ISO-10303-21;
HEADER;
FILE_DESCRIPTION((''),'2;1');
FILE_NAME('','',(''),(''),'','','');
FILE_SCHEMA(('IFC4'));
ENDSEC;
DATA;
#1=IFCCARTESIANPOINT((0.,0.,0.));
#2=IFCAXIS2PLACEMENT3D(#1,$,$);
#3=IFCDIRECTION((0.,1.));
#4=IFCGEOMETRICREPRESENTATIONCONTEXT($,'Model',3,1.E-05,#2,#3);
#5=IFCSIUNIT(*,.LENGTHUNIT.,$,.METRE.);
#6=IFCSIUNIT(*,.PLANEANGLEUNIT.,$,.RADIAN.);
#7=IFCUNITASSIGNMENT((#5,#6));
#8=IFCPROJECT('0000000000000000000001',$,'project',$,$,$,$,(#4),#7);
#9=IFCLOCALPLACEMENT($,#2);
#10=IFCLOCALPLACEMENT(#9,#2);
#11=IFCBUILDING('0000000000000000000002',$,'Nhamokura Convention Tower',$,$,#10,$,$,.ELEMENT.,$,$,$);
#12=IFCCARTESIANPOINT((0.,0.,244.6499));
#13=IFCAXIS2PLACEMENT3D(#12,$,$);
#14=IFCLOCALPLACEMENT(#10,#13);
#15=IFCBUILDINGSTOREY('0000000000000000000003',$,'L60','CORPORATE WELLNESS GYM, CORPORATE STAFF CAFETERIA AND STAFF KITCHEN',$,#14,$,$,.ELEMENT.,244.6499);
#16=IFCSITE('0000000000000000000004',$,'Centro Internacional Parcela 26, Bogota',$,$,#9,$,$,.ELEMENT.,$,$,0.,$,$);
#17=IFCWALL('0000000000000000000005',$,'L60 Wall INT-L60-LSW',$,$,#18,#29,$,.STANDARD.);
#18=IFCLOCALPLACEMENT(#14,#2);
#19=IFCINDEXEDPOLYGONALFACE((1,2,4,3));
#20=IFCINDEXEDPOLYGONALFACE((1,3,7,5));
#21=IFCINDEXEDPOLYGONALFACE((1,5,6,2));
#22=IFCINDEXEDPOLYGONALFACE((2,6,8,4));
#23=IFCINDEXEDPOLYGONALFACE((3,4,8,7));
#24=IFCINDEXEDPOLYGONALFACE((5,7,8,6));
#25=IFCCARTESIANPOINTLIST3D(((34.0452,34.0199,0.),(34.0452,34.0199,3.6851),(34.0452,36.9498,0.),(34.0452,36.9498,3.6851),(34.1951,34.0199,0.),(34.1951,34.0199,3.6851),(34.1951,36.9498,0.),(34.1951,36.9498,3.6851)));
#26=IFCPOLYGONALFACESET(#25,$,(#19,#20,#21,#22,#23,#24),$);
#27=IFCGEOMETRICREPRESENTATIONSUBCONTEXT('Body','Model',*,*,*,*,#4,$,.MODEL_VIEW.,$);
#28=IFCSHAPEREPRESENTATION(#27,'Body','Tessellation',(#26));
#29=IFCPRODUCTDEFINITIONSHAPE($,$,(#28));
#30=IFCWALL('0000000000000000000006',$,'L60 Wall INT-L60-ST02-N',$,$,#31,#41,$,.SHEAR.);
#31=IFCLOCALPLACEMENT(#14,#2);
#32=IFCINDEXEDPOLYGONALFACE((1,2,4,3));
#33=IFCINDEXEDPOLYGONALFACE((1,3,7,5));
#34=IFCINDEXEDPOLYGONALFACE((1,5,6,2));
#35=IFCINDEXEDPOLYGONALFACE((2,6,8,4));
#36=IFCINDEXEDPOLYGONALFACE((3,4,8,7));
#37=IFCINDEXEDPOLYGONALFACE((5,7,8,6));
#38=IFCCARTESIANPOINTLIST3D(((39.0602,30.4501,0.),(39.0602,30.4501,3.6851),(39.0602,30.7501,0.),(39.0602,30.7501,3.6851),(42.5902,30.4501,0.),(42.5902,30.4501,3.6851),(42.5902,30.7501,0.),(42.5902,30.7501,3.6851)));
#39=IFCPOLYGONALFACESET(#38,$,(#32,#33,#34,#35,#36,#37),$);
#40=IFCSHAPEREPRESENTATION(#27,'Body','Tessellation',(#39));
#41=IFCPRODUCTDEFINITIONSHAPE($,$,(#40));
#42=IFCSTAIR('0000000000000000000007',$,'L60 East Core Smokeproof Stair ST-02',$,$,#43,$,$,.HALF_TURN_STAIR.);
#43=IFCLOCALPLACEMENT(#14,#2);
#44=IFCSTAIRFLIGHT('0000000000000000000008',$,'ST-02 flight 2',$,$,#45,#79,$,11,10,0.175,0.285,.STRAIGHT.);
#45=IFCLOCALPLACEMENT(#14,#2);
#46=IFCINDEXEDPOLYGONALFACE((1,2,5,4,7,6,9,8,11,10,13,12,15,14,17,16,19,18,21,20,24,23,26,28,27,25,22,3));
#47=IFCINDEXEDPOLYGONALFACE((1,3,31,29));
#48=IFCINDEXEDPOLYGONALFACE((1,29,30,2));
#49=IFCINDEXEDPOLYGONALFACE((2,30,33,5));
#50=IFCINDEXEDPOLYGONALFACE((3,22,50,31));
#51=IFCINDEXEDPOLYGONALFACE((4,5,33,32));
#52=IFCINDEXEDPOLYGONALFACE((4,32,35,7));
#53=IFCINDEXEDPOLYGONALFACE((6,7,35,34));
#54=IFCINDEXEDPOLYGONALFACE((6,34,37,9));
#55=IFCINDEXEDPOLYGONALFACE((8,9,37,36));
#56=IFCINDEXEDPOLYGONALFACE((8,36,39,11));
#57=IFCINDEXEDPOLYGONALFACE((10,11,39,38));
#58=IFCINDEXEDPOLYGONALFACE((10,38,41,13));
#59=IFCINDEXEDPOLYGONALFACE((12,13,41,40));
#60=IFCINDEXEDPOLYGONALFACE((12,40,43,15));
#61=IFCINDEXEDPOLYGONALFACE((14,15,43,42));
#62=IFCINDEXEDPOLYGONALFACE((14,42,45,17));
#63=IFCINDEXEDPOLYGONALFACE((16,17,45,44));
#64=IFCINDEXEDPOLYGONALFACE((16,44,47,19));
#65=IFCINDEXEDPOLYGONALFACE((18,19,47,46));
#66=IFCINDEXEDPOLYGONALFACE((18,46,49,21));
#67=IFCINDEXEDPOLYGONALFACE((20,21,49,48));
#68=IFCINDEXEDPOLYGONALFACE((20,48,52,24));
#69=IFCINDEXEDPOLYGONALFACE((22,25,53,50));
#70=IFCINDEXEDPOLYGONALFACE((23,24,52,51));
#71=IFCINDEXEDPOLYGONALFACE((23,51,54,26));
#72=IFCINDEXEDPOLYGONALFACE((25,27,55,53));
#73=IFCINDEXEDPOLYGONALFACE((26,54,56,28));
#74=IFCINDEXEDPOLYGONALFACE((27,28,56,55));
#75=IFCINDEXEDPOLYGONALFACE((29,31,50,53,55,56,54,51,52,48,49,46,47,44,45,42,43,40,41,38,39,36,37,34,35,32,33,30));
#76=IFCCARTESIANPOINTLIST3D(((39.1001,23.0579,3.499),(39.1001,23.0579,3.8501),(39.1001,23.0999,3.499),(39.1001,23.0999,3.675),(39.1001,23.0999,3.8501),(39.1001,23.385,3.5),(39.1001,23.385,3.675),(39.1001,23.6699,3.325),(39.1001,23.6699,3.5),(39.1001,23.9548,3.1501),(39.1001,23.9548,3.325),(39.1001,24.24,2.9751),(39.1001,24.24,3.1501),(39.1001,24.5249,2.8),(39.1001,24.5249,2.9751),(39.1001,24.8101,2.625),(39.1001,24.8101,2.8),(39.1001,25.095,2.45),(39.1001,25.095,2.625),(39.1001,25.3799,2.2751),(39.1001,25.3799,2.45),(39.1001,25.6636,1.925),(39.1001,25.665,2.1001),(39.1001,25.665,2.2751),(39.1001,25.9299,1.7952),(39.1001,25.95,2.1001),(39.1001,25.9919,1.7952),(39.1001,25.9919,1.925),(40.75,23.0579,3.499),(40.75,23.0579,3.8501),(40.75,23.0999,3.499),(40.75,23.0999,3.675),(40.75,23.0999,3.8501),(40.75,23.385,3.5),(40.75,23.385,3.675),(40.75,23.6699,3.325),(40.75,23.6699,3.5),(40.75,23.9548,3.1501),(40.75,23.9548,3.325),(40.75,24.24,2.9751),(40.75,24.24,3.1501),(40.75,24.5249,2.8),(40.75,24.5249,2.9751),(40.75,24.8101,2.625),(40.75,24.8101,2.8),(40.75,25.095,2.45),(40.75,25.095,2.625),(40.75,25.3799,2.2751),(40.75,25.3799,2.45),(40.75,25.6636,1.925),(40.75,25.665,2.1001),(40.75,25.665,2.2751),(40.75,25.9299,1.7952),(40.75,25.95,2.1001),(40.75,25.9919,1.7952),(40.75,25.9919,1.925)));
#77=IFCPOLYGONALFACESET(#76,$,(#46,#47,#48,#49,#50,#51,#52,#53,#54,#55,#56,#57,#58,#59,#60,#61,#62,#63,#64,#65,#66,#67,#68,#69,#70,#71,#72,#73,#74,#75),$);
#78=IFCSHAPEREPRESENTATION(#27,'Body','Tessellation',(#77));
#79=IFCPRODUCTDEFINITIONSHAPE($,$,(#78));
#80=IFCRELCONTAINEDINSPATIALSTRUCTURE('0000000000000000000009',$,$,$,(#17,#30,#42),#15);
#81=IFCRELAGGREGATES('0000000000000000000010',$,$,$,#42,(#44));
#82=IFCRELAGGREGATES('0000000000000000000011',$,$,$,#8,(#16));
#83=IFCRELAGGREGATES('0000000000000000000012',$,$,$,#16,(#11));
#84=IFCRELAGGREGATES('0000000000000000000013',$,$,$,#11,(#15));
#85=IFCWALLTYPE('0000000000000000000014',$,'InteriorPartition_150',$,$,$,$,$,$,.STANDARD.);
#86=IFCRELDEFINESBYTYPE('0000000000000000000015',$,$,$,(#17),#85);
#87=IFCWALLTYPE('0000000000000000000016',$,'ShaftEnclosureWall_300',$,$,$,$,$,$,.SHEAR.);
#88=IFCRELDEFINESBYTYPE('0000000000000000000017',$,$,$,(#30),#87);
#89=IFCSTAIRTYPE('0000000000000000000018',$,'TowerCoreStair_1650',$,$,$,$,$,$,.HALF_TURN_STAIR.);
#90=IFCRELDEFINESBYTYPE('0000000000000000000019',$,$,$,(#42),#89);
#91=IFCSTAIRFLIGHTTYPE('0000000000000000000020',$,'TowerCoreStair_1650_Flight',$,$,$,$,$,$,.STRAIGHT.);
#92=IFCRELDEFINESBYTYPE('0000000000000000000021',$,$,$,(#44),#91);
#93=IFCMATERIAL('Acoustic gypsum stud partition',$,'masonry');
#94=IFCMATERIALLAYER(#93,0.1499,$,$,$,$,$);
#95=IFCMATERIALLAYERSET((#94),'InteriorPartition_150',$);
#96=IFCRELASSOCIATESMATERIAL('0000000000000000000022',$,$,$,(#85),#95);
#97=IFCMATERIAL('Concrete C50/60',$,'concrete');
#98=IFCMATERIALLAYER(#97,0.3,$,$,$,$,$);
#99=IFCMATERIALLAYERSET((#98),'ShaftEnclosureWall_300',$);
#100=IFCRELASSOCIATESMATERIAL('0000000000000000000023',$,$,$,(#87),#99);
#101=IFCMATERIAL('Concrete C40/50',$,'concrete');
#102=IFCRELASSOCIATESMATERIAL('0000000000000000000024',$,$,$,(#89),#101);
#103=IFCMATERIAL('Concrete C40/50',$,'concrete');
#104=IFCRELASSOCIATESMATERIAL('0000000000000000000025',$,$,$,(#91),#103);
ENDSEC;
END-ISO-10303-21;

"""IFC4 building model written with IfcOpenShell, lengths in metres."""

from ifc_helpers import new_model, si_unit, direction, frame, frame_2d, origin, place, context, subcontext, project, spatial, polyline, rectangle, outline, extrude, material, layer, layer_set, type_object, element, aggregate, save


model = new_model("IFC4")

# Units and contexts
model_context = context("Model", 3, precision=1e-05, world=origin(), true_north=direction((0.0, 1.0)))
body_context = subcontext(model_context, "Body", "Model", "MODEL_VIEW")
ifc_project = project(units=[si_unit("LENGTHUNIT", "METRE"), si_unit("PLANEANGLEUNIT", "RADIAN")], contexts=[model_context])

# Site, building, storey
site_placement = place(None, origin())
site = spatial("IfcSite", under=ifc_project, at=site_placement, Name="Centro Internacional Parcela 26, Bogota", CompositionType="ELEMENT", RefElevation=0.0)
building_placement = place(site_placement, origin())
building = spatial("IfcBuilding", under=site, at=building_placement, Name="Nhamokura Convention Tower", CompositionType="ELEMENT")
storey_placement = place(building_placement, frame((0.0, 0.0, 244.6499)))
storey = spatial("IfcBuildingStorey", under=building, at=storey_placement, Name="L60", Description="CORPORATE WELLNESS GYM, CORPORATE STAFF CAFETERIA AND STAFF KITCHEN", CompositionType="ELEMENT", Elevation=244.6499)

# Shared definitions
ifc_material_1 = material(Name="Acoustic gypsum stud partition", Category="masonry")
ifc_layer_1 = layer(ifc_material_1, 0.1499)
ifc_layer_set_1 = layer_set([ifc_layer_1], Name="InteriorPartition_150")
wall_type_1 = type_object("IfcWallType", Name="InteriorPartition_150", PredefinedType="STANDARD", material=ifc_layer_set_1)

# Walls
wall_1_placement = place(storey_placement, frame((34.1201, 34.02, 0.0), z_axis=(0.0, 0.0, 1.0), x_axis=(0.0, 1.0, 0.0)))
element("IfcWall", 1, at=wall_1_placement, inside=storey, type_object=wall_type_1, Name="L60 Wall INT-L60-LSW", PredefinedType="STANDARD", context=body_context, shape_type="SweptSolid", body=[
    extrude(rectangle(XDim=2.9299, YDim=0.1499, at=frame_2d((1.4648, 0.0))), origin(), (0.0, 0.0, 1.0), 3.6851),
])
ifc_material_2 = material(Name="Concrete C50/60", Category="concrete")
ifc_layer_2 = layer(ifc_material_2, 0.3)
ifc_layer_set_2 = layer_set([ifc_layer_2], Name="ShaftEnclosureWall_300")
wall_type_2 = type_object("IfcWallType", Name="ShaftEnclosureWall_300", PredefinedType="SHEAR", material=ifc_layer_set_2)
wall_2_placement = place(storey_placement, frame((39.0601, 30.6001, 0.0), z_axis=(0.0, 0.0, 1.0), x_axis=(1.0, 0.0, 0.0)))
element("IfcWall", 2, at=wall_2_placement, inside=storey, type_object=wall_type_2, Name="L60 Wall INT-L60-ST02-N", PredefinedType="SHEAR", context=body_context, shape_type="SweptSolid", body=[
    extrude(rectangle(XDim=3.53, YDim=0.3, at=frame_2d((1.7651, 0.0))), origin(), (0.0, 0.0, 1.0), 3.6851),
])

# Stair, stair flight
ifc_material_3 = material(Name="Concrete C40/50", Category="concrete")
stair_type = type_object("IfcStairType", Name="TowerCoreStair_1650", PredefinedType="HALF_TURN_STAIR", material=ifc_material_3)
stair_placement = place(storey_placement, origin())
stair = element("IfcStair", 3, at=stair_placement, inside=storey, type_object=stair_type, Name="L60 East Core Smokeproof Stair ST-02", PredefinedType="HALF_TURN_STAIR")
ifc_material_4 = material(Name="Concrete C40/50", Category="concrete")
stair_flight_type = type_object("IfcStairFlightType", Name="TowerCoreStair_1650_Flight", PredefinedType="STRAIGHT", material=ifc_material_4)
stair_flight_placement = place(storey_placement, frame((39.925, 25.95, 1.925), z_axis=(0.0, 0.0, 1.0), x_axis=(0.0, -1.0, 0.0)))
stair_flight = element("IfcStairFlight", 4, at=stair_flight_placement, type_object=stair_flight_type, Name="ST-02 flight 2", NumberOfRisers=11, NumberOfTreads=10, PredefinedType="STRAIGHT", RiserHeight=0.175, TreadLength=0.285, context=body_context, shape_type="SweptSolid", body=[
    extrude(outline(polyline([(-0.042, 0.0), (0.0, 0.175), (0.2849, 0.175), (0.2849, 0.3501), (0.5701, 0.3501), (0.5701, 0.5249), (0.855, 0.5249), (0.855, 0.7), (1.1399, 0.7), (1.1399, 0.875), (1.425, 0.875), (1.425, 1.05), (1.71, 1.05), (1.71, 1.2251), (1.9951, 1.2251), (1.9951, 1.3999), (2.28, 1.3999), (2.28, 1.575), (2.5649, 1.575), (2.5649, 1.75), (2.8501, 1.75), (2.8501, 1.925), (2.8921, 1.925), (2.8921, 1.574), (2.8501, 1.574), (0.2864, 0.0), (0.02, -0.1299), (-0.042, -0.1299), (-0.042, 0.0)])), frame((0.0, 0.825, 0.0), z_axis=(0.0, -1.0, 0.0), x_axis=(1.0, 0.0, 0.0)), (0.0, 0.0, 1.0), 1.6499),
])
aggregate(stair, [stair_flight])

save(model, "model.ifc")
